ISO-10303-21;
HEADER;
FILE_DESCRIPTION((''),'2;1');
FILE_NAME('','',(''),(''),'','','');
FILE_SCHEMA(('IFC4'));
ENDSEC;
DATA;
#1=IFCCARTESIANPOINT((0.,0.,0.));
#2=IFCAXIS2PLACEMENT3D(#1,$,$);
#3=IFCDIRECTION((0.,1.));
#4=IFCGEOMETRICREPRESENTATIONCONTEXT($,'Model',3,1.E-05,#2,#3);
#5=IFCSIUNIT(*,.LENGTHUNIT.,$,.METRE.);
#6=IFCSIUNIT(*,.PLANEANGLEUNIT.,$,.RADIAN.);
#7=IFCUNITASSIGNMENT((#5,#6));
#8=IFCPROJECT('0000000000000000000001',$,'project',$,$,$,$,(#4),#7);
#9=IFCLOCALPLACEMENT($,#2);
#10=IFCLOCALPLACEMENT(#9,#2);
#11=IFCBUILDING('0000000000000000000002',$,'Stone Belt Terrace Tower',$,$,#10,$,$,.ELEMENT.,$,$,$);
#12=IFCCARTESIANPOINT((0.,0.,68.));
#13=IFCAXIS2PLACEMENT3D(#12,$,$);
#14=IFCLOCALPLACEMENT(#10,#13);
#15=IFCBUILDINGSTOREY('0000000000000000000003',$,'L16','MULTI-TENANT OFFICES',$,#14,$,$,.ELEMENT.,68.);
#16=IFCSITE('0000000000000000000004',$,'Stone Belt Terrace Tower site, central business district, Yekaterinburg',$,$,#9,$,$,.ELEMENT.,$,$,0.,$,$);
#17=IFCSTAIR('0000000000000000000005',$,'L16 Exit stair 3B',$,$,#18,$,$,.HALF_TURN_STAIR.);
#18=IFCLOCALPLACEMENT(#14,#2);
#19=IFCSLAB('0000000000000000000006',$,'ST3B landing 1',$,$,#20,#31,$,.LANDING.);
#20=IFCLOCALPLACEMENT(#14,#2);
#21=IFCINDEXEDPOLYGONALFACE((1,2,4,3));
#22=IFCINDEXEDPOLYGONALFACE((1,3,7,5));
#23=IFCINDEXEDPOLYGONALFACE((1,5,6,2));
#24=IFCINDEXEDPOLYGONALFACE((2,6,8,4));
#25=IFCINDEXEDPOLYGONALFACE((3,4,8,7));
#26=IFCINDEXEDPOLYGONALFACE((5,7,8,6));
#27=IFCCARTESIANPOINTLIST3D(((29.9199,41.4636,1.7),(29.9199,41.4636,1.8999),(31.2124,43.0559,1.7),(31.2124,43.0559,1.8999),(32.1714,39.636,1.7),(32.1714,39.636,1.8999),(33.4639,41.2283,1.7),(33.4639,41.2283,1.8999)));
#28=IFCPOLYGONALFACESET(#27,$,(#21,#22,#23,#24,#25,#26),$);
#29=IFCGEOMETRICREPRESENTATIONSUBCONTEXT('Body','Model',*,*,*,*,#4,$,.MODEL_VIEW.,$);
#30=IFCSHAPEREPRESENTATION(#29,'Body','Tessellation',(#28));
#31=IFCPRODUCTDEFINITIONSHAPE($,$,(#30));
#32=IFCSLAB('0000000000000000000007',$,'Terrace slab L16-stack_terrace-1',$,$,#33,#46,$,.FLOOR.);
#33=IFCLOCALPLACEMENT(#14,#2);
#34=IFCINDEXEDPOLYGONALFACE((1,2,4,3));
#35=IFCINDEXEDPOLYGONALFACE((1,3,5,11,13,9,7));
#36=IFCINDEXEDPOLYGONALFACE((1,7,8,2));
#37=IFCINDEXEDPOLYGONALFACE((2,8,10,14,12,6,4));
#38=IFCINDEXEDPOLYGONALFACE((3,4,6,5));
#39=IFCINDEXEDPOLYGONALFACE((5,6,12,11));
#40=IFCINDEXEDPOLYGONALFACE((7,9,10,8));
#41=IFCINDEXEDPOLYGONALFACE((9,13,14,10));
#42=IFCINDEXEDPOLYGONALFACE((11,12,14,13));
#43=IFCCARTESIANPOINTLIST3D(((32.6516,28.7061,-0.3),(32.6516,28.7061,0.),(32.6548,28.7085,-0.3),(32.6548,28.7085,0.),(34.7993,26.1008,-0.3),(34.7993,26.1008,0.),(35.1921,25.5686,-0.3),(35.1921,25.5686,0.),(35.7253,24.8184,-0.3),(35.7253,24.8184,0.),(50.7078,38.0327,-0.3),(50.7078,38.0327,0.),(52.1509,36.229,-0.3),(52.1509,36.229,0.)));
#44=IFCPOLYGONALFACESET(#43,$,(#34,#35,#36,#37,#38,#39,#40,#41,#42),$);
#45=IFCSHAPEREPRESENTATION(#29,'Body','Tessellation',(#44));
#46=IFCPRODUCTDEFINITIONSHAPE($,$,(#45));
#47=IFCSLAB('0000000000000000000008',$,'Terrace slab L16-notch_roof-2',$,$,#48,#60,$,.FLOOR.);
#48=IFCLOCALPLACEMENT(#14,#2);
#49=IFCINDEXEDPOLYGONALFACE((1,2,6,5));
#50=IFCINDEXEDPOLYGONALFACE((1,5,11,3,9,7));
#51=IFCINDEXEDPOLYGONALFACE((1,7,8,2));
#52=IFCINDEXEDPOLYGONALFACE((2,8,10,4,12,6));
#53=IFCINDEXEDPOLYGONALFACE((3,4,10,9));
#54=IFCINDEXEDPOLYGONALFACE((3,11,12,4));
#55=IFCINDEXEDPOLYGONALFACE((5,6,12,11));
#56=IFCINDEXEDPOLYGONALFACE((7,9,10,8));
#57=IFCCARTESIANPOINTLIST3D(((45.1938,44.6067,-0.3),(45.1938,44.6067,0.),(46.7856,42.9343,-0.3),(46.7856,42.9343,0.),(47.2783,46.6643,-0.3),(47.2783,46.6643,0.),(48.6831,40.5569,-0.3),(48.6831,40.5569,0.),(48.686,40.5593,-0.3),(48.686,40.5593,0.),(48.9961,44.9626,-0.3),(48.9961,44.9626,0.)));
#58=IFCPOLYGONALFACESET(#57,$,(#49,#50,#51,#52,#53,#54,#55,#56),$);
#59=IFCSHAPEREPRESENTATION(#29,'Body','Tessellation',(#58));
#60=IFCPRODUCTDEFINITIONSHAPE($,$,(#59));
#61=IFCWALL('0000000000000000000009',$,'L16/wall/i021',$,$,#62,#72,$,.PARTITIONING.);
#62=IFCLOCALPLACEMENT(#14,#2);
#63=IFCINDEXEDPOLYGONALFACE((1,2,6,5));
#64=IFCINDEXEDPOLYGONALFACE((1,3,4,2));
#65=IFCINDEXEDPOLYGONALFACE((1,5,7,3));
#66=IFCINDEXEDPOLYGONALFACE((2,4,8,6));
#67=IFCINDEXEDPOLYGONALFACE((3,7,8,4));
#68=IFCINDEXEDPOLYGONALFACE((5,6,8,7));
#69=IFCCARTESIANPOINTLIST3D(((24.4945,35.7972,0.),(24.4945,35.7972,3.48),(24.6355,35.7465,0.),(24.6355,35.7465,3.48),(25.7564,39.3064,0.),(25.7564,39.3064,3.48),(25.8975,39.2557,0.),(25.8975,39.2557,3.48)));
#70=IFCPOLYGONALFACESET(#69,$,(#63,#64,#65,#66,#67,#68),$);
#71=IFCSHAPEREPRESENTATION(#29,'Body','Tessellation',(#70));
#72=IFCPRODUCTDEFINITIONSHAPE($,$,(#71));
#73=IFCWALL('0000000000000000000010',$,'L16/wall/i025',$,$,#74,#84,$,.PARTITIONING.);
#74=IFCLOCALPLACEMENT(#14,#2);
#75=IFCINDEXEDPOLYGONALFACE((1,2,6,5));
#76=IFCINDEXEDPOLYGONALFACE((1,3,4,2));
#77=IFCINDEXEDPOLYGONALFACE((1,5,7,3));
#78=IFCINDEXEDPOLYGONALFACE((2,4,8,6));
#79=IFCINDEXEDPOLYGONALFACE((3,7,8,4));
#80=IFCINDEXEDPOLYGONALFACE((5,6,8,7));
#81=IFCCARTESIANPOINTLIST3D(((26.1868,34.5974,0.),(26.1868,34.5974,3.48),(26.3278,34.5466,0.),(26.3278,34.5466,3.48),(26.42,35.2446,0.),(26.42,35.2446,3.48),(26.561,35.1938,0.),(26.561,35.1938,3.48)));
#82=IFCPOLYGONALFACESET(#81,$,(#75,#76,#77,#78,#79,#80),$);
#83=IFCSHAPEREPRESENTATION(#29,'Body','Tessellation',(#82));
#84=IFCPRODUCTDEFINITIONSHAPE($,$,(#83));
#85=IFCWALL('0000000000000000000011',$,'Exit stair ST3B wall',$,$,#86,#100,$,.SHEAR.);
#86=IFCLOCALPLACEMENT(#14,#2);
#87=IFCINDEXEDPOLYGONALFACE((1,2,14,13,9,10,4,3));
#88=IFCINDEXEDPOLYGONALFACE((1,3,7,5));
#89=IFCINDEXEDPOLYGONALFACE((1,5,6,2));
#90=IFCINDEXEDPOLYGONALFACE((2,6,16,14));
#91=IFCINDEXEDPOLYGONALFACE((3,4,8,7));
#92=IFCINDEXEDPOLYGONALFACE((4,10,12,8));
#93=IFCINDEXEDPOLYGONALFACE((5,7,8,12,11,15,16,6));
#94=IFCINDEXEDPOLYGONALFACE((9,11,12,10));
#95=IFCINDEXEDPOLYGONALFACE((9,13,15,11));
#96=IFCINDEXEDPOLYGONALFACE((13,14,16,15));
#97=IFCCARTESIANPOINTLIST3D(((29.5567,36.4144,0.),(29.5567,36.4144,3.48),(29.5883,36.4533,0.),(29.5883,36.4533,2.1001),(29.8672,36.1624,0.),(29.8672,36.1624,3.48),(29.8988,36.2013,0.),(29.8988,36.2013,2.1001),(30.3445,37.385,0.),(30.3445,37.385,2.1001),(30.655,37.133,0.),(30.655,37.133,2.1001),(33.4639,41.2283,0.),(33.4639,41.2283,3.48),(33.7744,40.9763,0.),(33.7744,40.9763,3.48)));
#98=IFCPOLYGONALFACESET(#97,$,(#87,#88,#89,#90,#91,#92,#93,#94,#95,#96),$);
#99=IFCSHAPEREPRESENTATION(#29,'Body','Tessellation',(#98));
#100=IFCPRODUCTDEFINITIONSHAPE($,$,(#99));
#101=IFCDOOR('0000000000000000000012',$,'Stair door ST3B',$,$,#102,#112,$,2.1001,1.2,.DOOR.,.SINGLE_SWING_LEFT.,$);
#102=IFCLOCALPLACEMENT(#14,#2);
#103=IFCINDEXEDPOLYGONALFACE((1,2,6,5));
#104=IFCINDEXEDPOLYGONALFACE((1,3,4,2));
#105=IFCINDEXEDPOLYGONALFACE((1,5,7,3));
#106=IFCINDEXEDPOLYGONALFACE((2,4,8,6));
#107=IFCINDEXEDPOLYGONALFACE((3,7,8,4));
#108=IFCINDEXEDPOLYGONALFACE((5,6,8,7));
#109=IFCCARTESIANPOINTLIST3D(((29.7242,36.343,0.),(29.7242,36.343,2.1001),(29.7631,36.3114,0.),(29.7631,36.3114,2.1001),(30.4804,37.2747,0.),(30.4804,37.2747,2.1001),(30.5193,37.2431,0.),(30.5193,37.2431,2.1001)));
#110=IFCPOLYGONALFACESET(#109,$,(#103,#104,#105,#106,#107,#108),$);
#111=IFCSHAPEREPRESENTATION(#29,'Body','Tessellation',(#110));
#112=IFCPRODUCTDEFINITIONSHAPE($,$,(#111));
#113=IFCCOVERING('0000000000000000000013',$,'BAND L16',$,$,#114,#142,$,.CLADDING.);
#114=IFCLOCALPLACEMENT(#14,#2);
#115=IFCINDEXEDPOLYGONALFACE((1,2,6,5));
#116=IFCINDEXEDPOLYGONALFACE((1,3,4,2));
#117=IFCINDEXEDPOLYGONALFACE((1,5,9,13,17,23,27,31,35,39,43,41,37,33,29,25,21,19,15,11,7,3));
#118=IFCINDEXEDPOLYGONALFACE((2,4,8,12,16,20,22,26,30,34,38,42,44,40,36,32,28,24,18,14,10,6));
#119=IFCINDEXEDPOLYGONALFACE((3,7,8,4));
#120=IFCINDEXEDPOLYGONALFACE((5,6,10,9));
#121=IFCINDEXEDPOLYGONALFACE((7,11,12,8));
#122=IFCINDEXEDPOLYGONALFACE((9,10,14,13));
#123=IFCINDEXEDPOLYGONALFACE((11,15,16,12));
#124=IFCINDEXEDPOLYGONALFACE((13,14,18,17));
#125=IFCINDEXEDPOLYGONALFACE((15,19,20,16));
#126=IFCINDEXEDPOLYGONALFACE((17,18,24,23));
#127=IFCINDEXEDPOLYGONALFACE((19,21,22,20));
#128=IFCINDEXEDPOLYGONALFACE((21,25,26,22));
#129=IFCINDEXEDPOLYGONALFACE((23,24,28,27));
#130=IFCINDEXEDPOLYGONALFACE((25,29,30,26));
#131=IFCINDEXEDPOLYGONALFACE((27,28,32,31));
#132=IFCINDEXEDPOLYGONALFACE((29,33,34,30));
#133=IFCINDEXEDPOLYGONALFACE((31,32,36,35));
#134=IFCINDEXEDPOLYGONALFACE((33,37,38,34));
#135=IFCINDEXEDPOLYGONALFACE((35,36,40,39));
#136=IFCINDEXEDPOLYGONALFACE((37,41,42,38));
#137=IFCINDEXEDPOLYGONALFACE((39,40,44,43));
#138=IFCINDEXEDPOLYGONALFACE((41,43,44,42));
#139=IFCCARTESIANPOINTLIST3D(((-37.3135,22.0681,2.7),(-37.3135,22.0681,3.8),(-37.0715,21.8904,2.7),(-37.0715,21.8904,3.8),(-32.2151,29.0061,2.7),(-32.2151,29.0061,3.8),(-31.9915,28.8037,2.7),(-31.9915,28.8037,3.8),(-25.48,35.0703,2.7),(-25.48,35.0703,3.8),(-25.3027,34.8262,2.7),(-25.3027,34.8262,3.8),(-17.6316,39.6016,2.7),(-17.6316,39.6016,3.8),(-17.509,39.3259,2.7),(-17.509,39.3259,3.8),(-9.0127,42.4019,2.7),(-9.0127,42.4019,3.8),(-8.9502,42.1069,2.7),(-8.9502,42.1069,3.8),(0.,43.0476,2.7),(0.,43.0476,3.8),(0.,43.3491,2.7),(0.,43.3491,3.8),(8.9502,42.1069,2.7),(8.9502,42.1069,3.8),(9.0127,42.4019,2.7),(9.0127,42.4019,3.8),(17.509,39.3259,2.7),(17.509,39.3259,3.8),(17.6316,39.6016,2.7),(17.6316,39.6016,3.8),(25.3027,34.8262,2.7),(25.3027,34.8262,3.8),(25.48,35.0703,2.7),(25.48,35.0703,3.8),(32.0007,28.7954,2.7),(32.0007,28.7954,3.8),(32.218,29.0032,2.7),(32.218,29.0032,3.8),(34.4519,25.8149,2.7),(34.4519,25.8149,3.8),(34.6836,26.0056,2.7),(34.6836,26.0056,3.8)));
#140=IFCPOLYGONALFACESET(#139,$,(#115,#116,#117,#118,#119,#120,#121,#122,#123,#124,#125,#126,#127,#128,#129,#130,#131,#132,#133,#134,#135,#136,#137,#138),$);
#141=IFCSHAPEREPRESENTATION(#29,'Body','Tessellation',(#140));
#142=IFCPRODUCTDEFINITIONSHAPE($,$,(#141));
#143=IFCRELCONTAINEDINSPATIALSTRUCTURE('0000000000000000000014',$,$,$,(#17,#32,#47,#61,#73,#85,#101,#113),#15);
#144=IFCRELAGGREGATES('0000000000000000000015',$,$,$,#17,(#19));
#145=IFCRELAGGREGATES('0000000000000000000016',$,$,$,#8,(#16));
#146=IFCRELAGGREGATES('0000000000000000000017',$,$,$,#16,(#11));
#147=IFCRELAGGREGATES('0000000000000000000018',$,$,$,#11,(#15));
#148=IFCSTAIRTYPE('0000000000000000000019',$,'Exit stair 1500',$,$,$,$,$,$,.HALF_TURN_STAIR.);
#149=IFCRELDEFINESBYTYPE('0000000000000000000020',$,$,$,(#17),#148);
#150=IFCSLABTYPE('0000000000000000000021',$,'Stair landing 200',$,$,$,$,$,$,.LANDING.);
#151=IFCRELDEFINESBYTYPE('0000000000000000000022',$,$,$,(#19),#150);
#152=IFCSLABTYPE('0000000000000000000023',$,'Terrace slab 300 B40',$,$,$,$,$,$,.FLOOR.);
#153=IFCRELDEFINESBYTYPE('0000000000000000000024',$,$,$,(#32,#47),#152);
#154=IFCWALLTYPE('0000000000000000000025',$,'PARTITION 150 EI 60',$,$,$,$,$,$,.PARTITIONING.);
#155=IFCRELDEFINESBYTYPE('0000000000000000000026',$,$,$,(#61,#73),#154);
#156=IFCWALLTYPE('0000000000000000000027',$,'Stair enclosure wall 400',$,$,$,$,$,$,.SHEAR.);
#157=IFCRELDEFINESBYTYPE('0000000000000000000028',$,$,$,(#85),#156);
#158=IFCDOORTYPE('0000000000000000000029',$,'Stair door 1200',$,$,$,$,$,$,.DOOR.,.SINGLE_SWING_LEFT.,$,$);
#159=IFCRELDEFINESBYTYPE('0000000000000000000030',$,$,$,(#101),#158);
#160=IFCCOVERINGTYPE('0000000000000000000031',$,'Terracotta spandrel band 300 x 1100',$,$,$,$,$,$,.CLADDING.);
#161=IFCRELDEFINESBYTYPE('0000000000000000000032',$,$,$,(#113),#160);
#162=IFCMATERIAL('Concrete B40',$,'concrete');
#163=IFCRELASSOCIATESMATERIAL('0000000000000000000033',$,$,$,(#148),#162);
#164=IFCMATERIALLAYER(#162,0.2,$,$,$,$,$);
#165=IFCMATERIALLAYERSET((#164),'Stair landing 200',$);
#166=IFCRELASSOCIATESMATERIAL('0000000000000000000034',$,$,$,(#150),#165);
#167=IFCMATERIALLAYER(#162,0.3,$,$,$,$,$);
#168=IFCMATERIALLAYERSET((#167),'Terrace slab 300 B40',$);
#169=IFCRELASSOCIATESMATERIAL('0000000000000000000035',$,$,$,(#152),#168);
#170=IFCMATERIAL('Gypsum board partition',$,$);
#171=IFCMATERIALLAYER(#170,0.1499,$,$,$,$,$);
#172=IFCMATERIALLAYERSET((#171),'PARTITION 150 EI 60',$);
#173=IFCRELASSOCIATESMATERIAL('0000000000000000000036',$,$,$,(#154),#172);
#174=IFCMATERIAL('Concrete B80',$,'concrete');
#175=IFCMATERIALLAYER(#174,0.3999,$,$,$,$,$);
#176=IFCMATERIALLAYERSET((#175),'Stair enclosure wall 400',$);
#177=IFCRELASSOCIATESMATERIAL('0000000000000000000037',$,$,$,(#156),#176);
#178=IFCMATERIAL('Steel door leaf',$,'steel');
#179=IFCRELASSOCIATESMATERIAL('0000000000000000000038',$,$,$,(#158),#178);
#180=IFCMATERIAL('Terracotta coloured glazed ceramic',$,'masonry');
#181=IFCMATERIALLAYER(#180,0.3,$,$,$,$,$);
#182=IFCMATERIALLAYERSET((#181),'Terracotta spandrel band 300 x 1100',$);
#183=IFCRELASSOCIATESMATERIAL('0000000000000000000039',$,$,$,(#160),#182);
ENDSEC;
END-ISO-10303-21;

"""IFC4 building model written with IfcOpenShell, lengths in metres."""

from ifc_helpers import new_model, si_unit, direction, frame, frame_2d, origin, place, context, subcontext, project, spatial, polyline, rectangle, outline, extrude, material, layer, layer_set, type_object, element, fill, aggregate, save


model = new_model("IFC4")

# Units and contexts
model_context = context("Model", 3, precision=1e-05, world=origin(), true_north=direction((0.0, 1.0)))
body_context = subcontext(model_context, "Body", "Model", "MODEL_VIEW")
ifc_project = project(units=[si_unit("LENGTHUNIT", "METRE"), si_unit("PLANEANGLEUNIT", "RADIAN")], contexts=[model_context])

# Site, building, storey
site_placement = place(None, origin())
site = spatial("IfcSite", under=ifc_project, at=site_placement, Name="Stone Belt Terrace Tower site, central business district, Yekaterinburg", CompositionType="ELEMENT", RefElevation=0.0)
building_placement = place(site_placement, origin())
building = spatial("IfcBuilding", under=site, at=building_placement, Name="Stone Belt Terrace Tower", CompositionType="ELEMENT")
storey_placement = place(building_placement, frame((0.0, 0.0, 68.0)))
storey = spatial("IfcBuildingStorey", under=building, at=storey_placement, Name="L16", Description="MULTI-TENANT OFFICES", CompositionType="ELEMENT", Elevation=68.0)

# Shared definitions
ifc_material_1 = material(Name="Concrete B80", Category="concrete")

# Shared definitions
ifc_material_2 = material(Name="Concrete B40", Category="concrete")

# Stair, slab
stair_type = type_object("IfcStairType", Name="Exit stair 1500", PredefinedType="HALF_TURN_STAIR", material=ifc_material_2)
ifc_layer_1 = layer(ifc_material_2, 0.2)
ifc_layer_set_1 = layer_set([ifc_layer_1], Name="Stair landing 200")
slab_type_1 = type_object("IfcSlabType", Name="Stair landing 200", PredefinedType="LANDING", material=ifc_layer_set_1)
stair_1_placement = place(storey_placement, origin())
stair_1 = element("IfcStair", 1, at=stair_1_placement, inside=storey, type_object=stair_type, Name="L16 Exit stair 3B", PredefinedType="HALF_TURN_STAIR")
slab_1_placement = place(storey_placement, frame((0.0, 0.0, 1.7)))
slab_1 = element("IfcSlab", 2, at=slab_1_placement, type_object=slab_type_1, Name="ST3B landing 1", PredefinedType="LANDING", context=body_context, shape_type="SweptSolid", body=[
    extrude(outline(polyline([(32.1714, 39.636), (33.4639, 41.2283), (31.2124, 43.0559), (29.9199, 41.4636), (32.1714, 39.636)])), origin(), (0.0, 0.0, 1.0), 0.2),
])
aggregate(stair_1, [slab_1])

# Slabs
ifc_layer_2 = layer(ifc_material_2, 0.3)
ifc_layer_set_2 = layer_set([ifc_layer_2], Name="Terrace slab 300 B40")
slab_type_2 = type_object("IfcSlabType", Name="Terrace slab 300 B40", PredefinedType="FLOOR", material=ifc_layer_set_2)
slab_2_placement = place(storey_placement, frame((0.0, 0.0, -0.3)))
element("IfcSlab", 3, at=slab_2_placement, inside=storey, type_object=slab_type_2, Name="Terrace slab L16-stack_terrace-1", PredefinedType="FLOOR", context=body_context, shape_type="SweptSolid", body=[
    extrude(outline(polyline([(35.7253, 24.8184), (52.1509, 36.229), (50.7078, 38.0327), (34.7993, 26.1008), (32.6548, 28.7085), (32.6516, 28.7061), (35.1921, 25.5686), (35.7253, 24.8184)])), origin(), (0.0, 0.0, 1.0), 0.3),
])
slab_3_placement = place(storey_placement, frame((0.0, 0.0, -0.3)))
element("IfcSlab", 4, at=slab_3_placement, inside=storey, type_object=slab_type_2, Name="Terrace slab L16-notch_roof-2", PredefinedType="FLOOR", context=body_context, shape_type="SweptSolid", body=[
    extrude(outline(polyline([(46.7856, 42.9343), (48.9961, 44.9626), (47.2783, 46.6643), (45.1938, 44.6067), (48.6831, 40.5569), (48.686, 40.5593), (46.7856, 42.9343)])), origin(), (0.0, 0.0, 1.0), 0.3),
])

# Walls
ifc_material_3 = material(Name="Gypsum board partition")
ifc_layer_3 = layer(ifc_material_3, 0.1499)
ifc_layer_set_3 = layer_set([ifc_layer_3], Name="PARTITION 150 EI 60")
wall_type_1 = type_object("IfcWallType", Name="PARTITION 150 EI 60", PredefinedType="PARTITIONING", material=ifc_layer_set_3)
wall_1_placement = place(storey_placement, frame((24.5649, 35.7717, 0.0), z_axis=(0.0, 0.0, 1.0), x_axis=(0.338393, 0.941005, 0.0)))
element("IfcWall", 5, at=wall_1_placement, inside=storey, type_object=wall_type_1, Name="L16/wall/i021", PredefinedType="PARTITIONING", context=body_context, shape_type="SweptSolid", body=[
    extrude(rectangle(XDim=3.7292, YDim=0.1499, at=frame_2d((1.8647, 0.0))), origin(), (0.0, 0.0, 1.0), 3.48),
])
wall_2_placement = place(storey_placement, frame((26.4905, 35.2192, 0.0), z_axis=(0.0, 0.0, 1.0), x_axis=(-0.338921, -0.940815, 0.0)))
element("IfcWall", 6, at=wall_2_placement, inside=storey, type_object=wall_type_1, Name="L16/wall/i025", PredefinedType="PARTITIONING", context=body_context, shape_type="SweptSolid", body=[
    extrude(rectangle(XDim=0.688, YDim=0.1499, at=frame_2d((0.344, 0.0))), origin(), (0.0, 0.0, 1.0), 3.48),
])

# Wall, opening, door
ifc_layer_4 = layer(ifc_material_1, 0.3999)
ifc_layer_set_4 = layer_set([ifc_layer_4], Name="Stair enclosure wall 400")
wall_type_2 = type_object("IfcWallType", Name="Stair enclosure wall 400", PredefinedType="SHEAR", material=ifc_layer_set_4)
wall_3_placement = place(storey_placement, frame((29.7119, 36.2883, 0.0), z_axis=(0.0, 0.0, 1.0), x_axis=(0.630192, 0.776439, 0.0)))
wall_3 = element("IfcWall", 7, at=wall_3_placement, inside=storey, type_object=wall_type_2, Name="Exit stair ST3B wall", PredefinedType="SHEAR", context=body_context, shape_type="SweptSolid", body=[
    extrude(rectangle(XDim=6.2, YDim=0.3999, at=frame_2d((3.1001, 0.0))), origin(), (0.0, 0.0, 1.0), 3.48),
])
opening_placement = place(wall_3_placement, frame((0.05, 0.0, 0.0)))
opening = element("IfcOpeningElement", 8, at=opening_placement, cuts=wall_3, PredefinedType="OPENING", context=body_context, shape_type="SweptSolid", body=[
    extrude(rectangle(XDim=1.2, YDim=2.1001, at=frame_2d((0.6001, 1.05))), frame((0.0, 0.21, 0.0), z_axis=(0.0, -1.0, 0.0), x_axis=(1.0, 0.0, 0.0)), (0.0, 0.0, 1.0), 0.4199),
])
ifc_material_4 = material(Name="Steel door leaf", Category="steel")
door_type = type_object("IfcDoorType", Name="Stair door 1200", OperationType="SINGLE_SWING_LEFT", PredefinedType="DOOR", material=ifc_material_4)
door_placement = place(opening_placement, origin())
door = element("IfcDoor", 9, at=door_placement, inside=storey, type_object=door_type, Name="Stair door ST3B", OperationType="SINGLE_SWING_LEFT", OverallHeight=2.1001, OverallWidth=1.2, PredefinedType="DOOR", context=body_context, shape_type="SweptSolid", body=[
    extrude(rectangle(XDim=1.2, YDim=2.1001, at=frame_2d((0.6001, 1.05))), frame((0.0, 0.0249, 0.0), z_axis=(0.0, -1.0, 0.0), x_axis=(1.0, 0.0, 0.0)), (0.0, 0.0, 1.0), 0.05),
])
fill(opening, door)

# Covering
ifc_material_5 = material(Name="Terracotta coloured glazed ceramic", Category="masonry")
ifc_layer_5 = layer(ifc_material_5, 0.3)
ifc_layer_set_5 = layer_set([ifc_layer_5], Name="Terracotta spandrel band 300 x 1100")
covering_type = type_object("IfcCoveringType", Name="Terracotta spandrel band 300 x 1100", PredefinedType="CLADDING", material=ifc_layer_set_5)
covering_placement = place(storey_placement, frame((0.0, 0.0, 2.7)))
element("IfcCovering", 10, at=covering_placement, inside=storey, type_object=covering_type, Name="BAND L16", PredefinedType="CLADDING", context=body_context, shape_type="SweptSolid", body=[
    extrude(outline(polyline([(-37.3135, 22.0681), (-32.2151, 29.0061), (-25.48, 35.0703), (-17.6316, 39.6016), (-9.0127, 42.4019), (0.0, 43.3491), (9.0127, 42.4019), (17.6316, 39.6016), (25.48, 35.0703), (32.218, 29.0032), (34.6836, 26.0056), (34.4519, 25.8149), (32.0007, 28.7954), (25.3027, 34.8262), (17.509, 39.3259), (8.9502, 42.1069), (0.0, 43.0476), (-8.9502, 42.1069), (-17.509, 39.3259), (-25.3027, 34.8262), (-31.9915, 28.8037), (-37.0715, 21.8904), (-37.3135, 22.0681)])), origin(), (0.0, 0.0, 1.0), 1.1001),
])

save(model, "model.ifc")
